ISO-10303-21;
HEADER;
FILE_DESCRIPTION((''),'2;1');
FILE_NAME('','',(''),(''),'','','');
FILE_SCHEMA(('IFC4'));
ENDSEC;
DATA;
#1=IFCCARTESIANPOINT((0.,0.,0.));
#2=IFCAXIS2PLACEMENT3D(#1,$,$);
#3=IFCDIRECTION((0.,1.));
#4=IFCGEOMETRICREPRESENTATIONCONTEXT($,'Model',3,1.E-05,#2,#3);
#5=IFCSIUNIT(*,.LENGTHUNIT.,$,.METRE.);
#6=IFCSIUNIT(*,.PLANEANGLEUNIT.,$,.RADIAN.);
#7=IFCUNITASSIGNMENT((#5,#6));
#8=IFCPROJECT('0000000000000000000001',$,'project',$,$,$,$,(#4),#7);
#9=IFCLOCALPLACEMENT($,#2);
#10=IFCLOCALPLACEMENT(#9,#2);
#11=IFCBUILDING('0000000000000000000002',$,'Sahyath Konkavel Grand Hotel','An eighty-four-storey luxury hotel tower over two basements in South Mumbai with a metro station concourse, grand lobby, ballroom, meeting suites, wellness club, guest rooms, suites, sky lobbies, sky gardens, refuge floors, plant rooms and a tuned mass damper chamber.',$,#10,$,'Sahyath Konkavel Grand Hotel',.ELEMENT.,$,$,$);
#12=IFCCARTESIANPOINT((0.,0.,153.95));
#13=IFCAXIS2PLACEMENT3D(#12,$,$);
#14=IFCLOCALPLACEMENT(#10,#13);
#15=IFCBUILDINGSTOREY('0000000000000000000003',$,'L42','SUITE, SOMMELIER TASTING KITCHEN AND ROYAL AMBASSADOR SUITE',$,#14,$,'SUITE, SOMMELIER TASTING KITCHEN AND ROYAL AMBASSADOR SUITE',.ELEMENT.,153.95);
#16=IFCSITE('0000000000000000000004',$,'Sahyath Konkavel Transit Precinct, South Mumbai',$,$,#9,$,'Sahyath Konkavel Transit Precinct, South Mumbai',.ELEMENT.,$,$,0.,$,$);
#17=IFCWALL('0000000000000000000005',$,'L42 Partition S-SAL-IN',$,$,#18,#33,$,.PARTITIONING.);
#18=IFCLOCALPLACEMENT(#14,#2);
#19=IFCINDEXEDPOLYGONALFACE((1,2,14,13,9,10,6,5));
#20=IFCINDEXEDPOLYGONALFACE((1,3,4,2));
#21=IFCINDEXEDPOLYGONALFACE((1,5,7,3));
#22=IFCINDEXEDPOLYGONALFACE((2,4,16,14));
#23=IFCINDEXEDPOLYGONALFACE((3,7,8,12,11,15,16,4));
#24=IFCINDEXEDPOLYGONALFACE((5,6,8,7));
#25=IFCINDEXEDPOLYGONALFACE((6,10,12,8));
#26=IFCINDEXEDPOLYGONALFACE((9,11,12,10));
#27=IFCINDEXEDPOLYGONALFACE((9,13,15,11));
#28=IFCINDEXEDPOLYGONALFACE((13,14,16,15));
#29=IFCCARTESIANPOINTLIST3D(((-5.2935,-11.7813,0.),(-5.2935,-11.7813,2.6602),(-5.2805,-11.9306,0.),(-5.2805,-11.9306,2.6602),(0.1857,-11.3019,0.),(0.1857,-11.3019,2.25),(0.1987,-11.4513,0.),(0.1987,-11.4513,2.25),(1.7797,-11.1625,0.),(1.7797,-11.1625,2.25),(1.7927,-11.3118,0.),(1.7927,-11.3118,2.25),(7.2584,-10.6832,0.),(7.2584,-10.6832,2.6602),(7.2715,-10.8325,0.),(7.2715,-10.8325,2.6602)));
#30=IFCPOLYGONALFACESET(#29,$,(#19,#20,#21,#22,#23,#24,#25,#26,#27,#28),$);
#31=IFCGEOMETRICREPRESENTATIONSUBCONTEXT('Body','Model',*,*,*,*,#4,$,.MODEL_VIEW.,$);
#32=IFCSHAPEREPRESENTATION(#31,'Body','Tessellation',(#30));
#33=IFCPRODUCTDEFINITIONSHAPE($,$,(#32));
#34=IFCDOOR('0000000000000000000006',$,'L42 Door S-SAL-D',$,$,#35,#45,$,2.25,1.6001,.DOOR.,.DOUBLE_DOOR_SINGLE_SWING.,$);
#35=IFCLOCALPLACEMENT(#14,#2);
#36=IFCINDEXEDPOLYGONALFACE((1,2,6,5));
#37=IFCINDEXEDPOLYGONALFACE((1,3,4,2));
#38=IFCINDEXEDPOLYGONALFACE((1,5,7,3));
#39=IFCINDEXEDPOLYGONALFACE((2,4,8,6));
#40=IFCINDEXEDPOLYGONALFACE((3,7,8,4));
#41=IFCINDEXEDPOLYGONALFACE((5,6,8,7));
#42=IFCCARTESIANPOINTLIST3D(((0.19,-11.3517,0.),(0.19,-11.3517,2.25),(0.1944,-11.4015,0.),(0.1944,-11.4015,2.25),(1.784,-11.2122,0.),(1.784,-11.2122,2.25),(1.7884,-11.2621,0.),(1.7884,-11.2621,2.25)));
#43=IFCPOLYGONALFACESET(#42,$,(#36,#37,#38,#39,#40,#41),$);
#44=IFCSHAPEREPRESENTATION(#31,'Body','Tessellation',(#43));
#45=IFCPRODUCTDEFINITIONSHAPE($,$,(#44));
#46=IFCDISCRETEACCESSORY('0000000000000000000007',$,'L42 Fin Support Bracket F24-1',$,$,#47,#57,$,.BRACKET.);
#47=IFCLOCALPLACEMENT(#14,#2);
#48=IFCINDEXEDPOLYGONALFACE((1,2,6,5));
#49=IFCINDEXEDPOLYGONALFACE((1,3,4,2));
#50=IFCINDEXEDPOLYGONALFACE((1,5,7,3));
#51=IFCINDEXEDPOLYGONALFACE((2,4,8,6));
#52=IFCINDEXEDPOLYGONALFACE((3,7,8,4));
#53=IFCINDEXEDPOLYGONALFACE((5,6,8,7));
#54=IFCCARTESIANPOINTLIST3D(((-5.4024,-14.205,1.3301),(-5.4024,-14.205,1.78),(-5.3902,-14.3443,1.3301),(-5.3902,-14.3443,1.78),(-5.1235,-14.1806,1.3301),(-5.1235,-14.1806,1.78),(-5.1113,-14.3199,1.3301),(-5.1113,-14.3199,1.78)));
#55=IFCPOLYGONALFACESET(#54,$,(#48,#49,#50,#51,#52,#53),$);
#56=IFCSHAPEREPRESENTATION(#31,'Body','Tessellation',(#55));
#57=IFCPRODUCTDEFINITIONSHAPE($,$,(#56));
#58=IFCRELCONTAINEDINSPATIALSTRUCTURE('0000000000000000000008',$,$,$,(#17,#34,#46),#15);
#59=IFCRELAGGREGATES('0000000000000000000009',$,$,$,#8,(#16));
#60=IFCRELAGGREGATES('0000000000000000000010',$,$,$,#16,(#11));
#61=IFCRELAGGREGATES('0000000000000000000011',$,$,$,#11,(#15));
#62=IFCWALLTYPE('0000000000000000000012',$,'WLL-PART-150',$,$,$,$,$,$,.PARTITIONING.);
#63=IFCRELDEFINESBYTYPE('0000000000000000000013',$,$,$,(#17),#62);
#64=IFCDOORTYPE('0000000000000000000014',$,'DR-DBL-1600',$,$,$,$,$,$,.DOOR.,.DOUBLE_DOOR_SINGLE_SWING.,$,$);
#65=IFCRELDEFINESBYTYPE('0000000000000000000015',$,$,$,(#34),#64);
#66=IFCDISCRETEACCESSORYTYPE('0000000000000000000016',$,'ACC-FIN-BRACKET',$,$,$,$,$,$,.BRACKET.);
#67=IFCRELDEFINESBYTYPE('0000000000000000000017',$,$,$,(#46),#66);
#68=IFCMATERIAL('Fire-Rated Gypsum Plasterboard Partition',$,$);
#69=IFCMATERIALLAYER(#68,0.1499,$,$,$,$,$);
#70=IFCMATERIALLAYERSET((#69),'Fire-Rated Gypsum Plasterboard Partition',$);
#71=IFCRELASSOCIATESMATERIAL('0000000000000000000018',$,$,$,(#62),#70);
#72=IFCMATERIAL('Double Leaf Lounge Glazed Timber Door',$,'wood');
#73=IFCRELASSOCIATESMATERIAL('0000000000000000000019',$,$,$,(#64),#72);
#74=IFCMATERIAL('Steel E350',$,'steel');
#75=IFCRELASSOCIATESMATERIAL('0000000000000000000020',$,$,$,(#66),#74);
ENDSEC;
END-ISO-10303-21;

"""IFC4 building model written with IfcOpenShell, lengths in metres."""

from ifc_helpers import new_model, si_unit, direction, frame, frame_2d, origin, origin_2d, place, context, subcontext, project, spatial, rectangle, extrude, source, transform, mapped, material, layer, layer_set, type_object, element, fill, save


model = new_model("IFC4")

# Units and contexts
model_context = context("Model", 3, precision=1e-05, world=origin(), true_north=direction((0.0, 1.0)))
body_context = subcontext(model_context, "Body", "Model", "MODEL_VIEW")
ifc_project = project(units=[si_unit("LENGTHUNIT", "METRE"), si_unit("PLANEANGLEUNIT", "RADIAN")], contexts=[model_context])

# Site, building, storey
site_placement = place(None, origin())
site = spatial("IfcSite", under=ifc_project, at=site_placement, Name="Sahyath Konkavel Transit Precinct, South Mumbai", LongName="Sahyath Konkavel Transit Precinct, South Mumbai", CompositionType="ELEMENT", RefElevation=0.0)
building_placement = place(site_placement, origin())
building = spatial("IfcBuilding", under=site, at=building_placement, Name="Sahyath Konkavel Grand Hotel", Description="An eighty-four-storey luxury hotel tower over two basements in South Mumbai with a metro station concourse, grand lobby, ballroom, meeting suites, wellness club, guest rooms, suites, sky lobbies, sky gardens, refuge floors, plant rooms and a tuned mass damper chamber.", LongName="Sahyath Konkavel Grand Hotel", CompositionType="ELEMENT")
storey_placement = place(building_placement, frame((0.0, 0.0, 153.95)))
storey = spatial("IfcBuildingStorey", under=building, at=storey_placement, Name="L42", Description="SUITE, SOMMELIER TASTING KITCHEN AND ROYAL AMBASSADOR SUITE", LongName="SUITE, SOMMELIER TASTING KITCHEN AND ROYAL AMBASSADOR SUITE", CompositionType="ELEMENT", Elevation=153.95)

# Shared definitions
ifc_material_1 = material(Name="Steel E350", Category="steel")

# Wall, opening, door
ifc_material_2 = material(Name="Fire-Rated Gypsum Plasterboard Partition")
ifc_layer_1 = layer(ifc_material_2, 0.1499)
ifc_layer_set_1 = layer_set([ifc_layer_1], Name="Fire-Rated Gypsum Plasterboard Partition")
wall_type_1 = type_object("IfcWallType", Name="WLL-PART-150", PredefinedType="PARTITIONING", material=ifc_layer_set_1)
wall_1_placement = place(storey_placement, frame((-5.2869, -11.856, 0.0), z_axis=(0.0, 0.0, 1.0), x_axis=(0.996195, 0.087155, 0.0)))
wall_1 = element("IfcWall", 1, at=wall_1_placement, inside=storey, type_object=wall_type_1, Name="L42 Partition S-SAL-IN", PredefinedType="PARTITIONING", context=body_context, shape_type="SweptSolid", body=[
    extrude(rectangle(XDim=12.5999, YDim=0.1499, at=frame_2d((6.2998, 0.0))), origin(), (0.0, 0.0, 1.0), 2.6602),
])
opening_1_placement = place(wall_1_placement, frame((5.5, 0.0, 0.0)))
opening_1 = element("IfcOpeningElement", 2, at=opening_1_placement, cuts=wall_1, PredefinedType="OPENING", context=body_context, shape_type="SweptSolid", body=[
    extrude(rectangle(XDim=1.6001, YDim=2.25, at=frame_2d((0.8, 1.125))), frame((0.0, 0.085, 0.0), z_axis=(0.0, -1.0, 0.0), x_axis=(1.0, 0.0, 0.0)), (0.0, 0.0, 1.0), 0.1699),
])
ifc_material_3 = material(Name="Double Leaf Lounge Glazed Timber Door", Category="wood")
door_type_1 = type_object("IfcDoorType", Name="DR-DBL-1600", OperationType="DOUBLE_DOOR_SINGLE_SWING", PredefinedType="DOOR", material=ifc_material_3)
shared_shape_1 = source(origin(), body_context, "Body", "SweptSolid", [
    extrude(rectangle(XDim=1.6001, YDim=0.05, at=origin_2d()), origin(), (0.0, 0.0, 1.0), 2.25),
])
door_1_placement = place(opening_1_placement, frame((0.8, 0.0, 0.0)))
door_1 = element("IfcDoor", 3, at=door_1_placement, inside=storey, type_object=door_type_1, Name="L42 Door S-SAL-D", OperationType="DOUBLE_DOOR_SINGLE_SWING", OverallHeight=2.25, OverallWidth=1.6001, PredefinedType="DOOR", context=body_context, shape_type="MappedRepresentation", body=[
    mapped(shared_shape_1, transform((0.0, 0.0, 0.0), scale=1.0)),
])
fill(opening_1, door_1)

# Discrete accessory
discrete_accessory_type = type_object("IfcDiscreteAccessoryType", Name="ACC-FIN-BRACKET", PredefinedType="BRACKET", material=ifc_material_1)
shared_shape_2 = source(origin(), body_context, "Body", "SweptSolid", [
    extrude(rectangle(XDim=0.28, YDim=0.1399, at=origin_2d()), origin(), (0.0, 0.0, 1.0), 0.45),
])
discrete_accessory_placement = place(storey_placement, frame((-5.2568, -14.2625, 1.3301), z_axis=(0.0, 0.0, 1.0), x_axis=(-0.996195, -0.087156, 0.0)))
element("IfcDiscreteAccessory", 4, at=discrete_accessory_placement, inside=storey, type_object=discrete_accessory_type, Name="L42 Fin Support Bracket F24-1", PredefinedType="BRACKET", context=body_context, shape_type="MappedRepresentation", body=[
    mapped(shared_shape_2, transform((0.0, 0.0, 0.0), scale=1.0)),
])

save(model, "model.ifc")
